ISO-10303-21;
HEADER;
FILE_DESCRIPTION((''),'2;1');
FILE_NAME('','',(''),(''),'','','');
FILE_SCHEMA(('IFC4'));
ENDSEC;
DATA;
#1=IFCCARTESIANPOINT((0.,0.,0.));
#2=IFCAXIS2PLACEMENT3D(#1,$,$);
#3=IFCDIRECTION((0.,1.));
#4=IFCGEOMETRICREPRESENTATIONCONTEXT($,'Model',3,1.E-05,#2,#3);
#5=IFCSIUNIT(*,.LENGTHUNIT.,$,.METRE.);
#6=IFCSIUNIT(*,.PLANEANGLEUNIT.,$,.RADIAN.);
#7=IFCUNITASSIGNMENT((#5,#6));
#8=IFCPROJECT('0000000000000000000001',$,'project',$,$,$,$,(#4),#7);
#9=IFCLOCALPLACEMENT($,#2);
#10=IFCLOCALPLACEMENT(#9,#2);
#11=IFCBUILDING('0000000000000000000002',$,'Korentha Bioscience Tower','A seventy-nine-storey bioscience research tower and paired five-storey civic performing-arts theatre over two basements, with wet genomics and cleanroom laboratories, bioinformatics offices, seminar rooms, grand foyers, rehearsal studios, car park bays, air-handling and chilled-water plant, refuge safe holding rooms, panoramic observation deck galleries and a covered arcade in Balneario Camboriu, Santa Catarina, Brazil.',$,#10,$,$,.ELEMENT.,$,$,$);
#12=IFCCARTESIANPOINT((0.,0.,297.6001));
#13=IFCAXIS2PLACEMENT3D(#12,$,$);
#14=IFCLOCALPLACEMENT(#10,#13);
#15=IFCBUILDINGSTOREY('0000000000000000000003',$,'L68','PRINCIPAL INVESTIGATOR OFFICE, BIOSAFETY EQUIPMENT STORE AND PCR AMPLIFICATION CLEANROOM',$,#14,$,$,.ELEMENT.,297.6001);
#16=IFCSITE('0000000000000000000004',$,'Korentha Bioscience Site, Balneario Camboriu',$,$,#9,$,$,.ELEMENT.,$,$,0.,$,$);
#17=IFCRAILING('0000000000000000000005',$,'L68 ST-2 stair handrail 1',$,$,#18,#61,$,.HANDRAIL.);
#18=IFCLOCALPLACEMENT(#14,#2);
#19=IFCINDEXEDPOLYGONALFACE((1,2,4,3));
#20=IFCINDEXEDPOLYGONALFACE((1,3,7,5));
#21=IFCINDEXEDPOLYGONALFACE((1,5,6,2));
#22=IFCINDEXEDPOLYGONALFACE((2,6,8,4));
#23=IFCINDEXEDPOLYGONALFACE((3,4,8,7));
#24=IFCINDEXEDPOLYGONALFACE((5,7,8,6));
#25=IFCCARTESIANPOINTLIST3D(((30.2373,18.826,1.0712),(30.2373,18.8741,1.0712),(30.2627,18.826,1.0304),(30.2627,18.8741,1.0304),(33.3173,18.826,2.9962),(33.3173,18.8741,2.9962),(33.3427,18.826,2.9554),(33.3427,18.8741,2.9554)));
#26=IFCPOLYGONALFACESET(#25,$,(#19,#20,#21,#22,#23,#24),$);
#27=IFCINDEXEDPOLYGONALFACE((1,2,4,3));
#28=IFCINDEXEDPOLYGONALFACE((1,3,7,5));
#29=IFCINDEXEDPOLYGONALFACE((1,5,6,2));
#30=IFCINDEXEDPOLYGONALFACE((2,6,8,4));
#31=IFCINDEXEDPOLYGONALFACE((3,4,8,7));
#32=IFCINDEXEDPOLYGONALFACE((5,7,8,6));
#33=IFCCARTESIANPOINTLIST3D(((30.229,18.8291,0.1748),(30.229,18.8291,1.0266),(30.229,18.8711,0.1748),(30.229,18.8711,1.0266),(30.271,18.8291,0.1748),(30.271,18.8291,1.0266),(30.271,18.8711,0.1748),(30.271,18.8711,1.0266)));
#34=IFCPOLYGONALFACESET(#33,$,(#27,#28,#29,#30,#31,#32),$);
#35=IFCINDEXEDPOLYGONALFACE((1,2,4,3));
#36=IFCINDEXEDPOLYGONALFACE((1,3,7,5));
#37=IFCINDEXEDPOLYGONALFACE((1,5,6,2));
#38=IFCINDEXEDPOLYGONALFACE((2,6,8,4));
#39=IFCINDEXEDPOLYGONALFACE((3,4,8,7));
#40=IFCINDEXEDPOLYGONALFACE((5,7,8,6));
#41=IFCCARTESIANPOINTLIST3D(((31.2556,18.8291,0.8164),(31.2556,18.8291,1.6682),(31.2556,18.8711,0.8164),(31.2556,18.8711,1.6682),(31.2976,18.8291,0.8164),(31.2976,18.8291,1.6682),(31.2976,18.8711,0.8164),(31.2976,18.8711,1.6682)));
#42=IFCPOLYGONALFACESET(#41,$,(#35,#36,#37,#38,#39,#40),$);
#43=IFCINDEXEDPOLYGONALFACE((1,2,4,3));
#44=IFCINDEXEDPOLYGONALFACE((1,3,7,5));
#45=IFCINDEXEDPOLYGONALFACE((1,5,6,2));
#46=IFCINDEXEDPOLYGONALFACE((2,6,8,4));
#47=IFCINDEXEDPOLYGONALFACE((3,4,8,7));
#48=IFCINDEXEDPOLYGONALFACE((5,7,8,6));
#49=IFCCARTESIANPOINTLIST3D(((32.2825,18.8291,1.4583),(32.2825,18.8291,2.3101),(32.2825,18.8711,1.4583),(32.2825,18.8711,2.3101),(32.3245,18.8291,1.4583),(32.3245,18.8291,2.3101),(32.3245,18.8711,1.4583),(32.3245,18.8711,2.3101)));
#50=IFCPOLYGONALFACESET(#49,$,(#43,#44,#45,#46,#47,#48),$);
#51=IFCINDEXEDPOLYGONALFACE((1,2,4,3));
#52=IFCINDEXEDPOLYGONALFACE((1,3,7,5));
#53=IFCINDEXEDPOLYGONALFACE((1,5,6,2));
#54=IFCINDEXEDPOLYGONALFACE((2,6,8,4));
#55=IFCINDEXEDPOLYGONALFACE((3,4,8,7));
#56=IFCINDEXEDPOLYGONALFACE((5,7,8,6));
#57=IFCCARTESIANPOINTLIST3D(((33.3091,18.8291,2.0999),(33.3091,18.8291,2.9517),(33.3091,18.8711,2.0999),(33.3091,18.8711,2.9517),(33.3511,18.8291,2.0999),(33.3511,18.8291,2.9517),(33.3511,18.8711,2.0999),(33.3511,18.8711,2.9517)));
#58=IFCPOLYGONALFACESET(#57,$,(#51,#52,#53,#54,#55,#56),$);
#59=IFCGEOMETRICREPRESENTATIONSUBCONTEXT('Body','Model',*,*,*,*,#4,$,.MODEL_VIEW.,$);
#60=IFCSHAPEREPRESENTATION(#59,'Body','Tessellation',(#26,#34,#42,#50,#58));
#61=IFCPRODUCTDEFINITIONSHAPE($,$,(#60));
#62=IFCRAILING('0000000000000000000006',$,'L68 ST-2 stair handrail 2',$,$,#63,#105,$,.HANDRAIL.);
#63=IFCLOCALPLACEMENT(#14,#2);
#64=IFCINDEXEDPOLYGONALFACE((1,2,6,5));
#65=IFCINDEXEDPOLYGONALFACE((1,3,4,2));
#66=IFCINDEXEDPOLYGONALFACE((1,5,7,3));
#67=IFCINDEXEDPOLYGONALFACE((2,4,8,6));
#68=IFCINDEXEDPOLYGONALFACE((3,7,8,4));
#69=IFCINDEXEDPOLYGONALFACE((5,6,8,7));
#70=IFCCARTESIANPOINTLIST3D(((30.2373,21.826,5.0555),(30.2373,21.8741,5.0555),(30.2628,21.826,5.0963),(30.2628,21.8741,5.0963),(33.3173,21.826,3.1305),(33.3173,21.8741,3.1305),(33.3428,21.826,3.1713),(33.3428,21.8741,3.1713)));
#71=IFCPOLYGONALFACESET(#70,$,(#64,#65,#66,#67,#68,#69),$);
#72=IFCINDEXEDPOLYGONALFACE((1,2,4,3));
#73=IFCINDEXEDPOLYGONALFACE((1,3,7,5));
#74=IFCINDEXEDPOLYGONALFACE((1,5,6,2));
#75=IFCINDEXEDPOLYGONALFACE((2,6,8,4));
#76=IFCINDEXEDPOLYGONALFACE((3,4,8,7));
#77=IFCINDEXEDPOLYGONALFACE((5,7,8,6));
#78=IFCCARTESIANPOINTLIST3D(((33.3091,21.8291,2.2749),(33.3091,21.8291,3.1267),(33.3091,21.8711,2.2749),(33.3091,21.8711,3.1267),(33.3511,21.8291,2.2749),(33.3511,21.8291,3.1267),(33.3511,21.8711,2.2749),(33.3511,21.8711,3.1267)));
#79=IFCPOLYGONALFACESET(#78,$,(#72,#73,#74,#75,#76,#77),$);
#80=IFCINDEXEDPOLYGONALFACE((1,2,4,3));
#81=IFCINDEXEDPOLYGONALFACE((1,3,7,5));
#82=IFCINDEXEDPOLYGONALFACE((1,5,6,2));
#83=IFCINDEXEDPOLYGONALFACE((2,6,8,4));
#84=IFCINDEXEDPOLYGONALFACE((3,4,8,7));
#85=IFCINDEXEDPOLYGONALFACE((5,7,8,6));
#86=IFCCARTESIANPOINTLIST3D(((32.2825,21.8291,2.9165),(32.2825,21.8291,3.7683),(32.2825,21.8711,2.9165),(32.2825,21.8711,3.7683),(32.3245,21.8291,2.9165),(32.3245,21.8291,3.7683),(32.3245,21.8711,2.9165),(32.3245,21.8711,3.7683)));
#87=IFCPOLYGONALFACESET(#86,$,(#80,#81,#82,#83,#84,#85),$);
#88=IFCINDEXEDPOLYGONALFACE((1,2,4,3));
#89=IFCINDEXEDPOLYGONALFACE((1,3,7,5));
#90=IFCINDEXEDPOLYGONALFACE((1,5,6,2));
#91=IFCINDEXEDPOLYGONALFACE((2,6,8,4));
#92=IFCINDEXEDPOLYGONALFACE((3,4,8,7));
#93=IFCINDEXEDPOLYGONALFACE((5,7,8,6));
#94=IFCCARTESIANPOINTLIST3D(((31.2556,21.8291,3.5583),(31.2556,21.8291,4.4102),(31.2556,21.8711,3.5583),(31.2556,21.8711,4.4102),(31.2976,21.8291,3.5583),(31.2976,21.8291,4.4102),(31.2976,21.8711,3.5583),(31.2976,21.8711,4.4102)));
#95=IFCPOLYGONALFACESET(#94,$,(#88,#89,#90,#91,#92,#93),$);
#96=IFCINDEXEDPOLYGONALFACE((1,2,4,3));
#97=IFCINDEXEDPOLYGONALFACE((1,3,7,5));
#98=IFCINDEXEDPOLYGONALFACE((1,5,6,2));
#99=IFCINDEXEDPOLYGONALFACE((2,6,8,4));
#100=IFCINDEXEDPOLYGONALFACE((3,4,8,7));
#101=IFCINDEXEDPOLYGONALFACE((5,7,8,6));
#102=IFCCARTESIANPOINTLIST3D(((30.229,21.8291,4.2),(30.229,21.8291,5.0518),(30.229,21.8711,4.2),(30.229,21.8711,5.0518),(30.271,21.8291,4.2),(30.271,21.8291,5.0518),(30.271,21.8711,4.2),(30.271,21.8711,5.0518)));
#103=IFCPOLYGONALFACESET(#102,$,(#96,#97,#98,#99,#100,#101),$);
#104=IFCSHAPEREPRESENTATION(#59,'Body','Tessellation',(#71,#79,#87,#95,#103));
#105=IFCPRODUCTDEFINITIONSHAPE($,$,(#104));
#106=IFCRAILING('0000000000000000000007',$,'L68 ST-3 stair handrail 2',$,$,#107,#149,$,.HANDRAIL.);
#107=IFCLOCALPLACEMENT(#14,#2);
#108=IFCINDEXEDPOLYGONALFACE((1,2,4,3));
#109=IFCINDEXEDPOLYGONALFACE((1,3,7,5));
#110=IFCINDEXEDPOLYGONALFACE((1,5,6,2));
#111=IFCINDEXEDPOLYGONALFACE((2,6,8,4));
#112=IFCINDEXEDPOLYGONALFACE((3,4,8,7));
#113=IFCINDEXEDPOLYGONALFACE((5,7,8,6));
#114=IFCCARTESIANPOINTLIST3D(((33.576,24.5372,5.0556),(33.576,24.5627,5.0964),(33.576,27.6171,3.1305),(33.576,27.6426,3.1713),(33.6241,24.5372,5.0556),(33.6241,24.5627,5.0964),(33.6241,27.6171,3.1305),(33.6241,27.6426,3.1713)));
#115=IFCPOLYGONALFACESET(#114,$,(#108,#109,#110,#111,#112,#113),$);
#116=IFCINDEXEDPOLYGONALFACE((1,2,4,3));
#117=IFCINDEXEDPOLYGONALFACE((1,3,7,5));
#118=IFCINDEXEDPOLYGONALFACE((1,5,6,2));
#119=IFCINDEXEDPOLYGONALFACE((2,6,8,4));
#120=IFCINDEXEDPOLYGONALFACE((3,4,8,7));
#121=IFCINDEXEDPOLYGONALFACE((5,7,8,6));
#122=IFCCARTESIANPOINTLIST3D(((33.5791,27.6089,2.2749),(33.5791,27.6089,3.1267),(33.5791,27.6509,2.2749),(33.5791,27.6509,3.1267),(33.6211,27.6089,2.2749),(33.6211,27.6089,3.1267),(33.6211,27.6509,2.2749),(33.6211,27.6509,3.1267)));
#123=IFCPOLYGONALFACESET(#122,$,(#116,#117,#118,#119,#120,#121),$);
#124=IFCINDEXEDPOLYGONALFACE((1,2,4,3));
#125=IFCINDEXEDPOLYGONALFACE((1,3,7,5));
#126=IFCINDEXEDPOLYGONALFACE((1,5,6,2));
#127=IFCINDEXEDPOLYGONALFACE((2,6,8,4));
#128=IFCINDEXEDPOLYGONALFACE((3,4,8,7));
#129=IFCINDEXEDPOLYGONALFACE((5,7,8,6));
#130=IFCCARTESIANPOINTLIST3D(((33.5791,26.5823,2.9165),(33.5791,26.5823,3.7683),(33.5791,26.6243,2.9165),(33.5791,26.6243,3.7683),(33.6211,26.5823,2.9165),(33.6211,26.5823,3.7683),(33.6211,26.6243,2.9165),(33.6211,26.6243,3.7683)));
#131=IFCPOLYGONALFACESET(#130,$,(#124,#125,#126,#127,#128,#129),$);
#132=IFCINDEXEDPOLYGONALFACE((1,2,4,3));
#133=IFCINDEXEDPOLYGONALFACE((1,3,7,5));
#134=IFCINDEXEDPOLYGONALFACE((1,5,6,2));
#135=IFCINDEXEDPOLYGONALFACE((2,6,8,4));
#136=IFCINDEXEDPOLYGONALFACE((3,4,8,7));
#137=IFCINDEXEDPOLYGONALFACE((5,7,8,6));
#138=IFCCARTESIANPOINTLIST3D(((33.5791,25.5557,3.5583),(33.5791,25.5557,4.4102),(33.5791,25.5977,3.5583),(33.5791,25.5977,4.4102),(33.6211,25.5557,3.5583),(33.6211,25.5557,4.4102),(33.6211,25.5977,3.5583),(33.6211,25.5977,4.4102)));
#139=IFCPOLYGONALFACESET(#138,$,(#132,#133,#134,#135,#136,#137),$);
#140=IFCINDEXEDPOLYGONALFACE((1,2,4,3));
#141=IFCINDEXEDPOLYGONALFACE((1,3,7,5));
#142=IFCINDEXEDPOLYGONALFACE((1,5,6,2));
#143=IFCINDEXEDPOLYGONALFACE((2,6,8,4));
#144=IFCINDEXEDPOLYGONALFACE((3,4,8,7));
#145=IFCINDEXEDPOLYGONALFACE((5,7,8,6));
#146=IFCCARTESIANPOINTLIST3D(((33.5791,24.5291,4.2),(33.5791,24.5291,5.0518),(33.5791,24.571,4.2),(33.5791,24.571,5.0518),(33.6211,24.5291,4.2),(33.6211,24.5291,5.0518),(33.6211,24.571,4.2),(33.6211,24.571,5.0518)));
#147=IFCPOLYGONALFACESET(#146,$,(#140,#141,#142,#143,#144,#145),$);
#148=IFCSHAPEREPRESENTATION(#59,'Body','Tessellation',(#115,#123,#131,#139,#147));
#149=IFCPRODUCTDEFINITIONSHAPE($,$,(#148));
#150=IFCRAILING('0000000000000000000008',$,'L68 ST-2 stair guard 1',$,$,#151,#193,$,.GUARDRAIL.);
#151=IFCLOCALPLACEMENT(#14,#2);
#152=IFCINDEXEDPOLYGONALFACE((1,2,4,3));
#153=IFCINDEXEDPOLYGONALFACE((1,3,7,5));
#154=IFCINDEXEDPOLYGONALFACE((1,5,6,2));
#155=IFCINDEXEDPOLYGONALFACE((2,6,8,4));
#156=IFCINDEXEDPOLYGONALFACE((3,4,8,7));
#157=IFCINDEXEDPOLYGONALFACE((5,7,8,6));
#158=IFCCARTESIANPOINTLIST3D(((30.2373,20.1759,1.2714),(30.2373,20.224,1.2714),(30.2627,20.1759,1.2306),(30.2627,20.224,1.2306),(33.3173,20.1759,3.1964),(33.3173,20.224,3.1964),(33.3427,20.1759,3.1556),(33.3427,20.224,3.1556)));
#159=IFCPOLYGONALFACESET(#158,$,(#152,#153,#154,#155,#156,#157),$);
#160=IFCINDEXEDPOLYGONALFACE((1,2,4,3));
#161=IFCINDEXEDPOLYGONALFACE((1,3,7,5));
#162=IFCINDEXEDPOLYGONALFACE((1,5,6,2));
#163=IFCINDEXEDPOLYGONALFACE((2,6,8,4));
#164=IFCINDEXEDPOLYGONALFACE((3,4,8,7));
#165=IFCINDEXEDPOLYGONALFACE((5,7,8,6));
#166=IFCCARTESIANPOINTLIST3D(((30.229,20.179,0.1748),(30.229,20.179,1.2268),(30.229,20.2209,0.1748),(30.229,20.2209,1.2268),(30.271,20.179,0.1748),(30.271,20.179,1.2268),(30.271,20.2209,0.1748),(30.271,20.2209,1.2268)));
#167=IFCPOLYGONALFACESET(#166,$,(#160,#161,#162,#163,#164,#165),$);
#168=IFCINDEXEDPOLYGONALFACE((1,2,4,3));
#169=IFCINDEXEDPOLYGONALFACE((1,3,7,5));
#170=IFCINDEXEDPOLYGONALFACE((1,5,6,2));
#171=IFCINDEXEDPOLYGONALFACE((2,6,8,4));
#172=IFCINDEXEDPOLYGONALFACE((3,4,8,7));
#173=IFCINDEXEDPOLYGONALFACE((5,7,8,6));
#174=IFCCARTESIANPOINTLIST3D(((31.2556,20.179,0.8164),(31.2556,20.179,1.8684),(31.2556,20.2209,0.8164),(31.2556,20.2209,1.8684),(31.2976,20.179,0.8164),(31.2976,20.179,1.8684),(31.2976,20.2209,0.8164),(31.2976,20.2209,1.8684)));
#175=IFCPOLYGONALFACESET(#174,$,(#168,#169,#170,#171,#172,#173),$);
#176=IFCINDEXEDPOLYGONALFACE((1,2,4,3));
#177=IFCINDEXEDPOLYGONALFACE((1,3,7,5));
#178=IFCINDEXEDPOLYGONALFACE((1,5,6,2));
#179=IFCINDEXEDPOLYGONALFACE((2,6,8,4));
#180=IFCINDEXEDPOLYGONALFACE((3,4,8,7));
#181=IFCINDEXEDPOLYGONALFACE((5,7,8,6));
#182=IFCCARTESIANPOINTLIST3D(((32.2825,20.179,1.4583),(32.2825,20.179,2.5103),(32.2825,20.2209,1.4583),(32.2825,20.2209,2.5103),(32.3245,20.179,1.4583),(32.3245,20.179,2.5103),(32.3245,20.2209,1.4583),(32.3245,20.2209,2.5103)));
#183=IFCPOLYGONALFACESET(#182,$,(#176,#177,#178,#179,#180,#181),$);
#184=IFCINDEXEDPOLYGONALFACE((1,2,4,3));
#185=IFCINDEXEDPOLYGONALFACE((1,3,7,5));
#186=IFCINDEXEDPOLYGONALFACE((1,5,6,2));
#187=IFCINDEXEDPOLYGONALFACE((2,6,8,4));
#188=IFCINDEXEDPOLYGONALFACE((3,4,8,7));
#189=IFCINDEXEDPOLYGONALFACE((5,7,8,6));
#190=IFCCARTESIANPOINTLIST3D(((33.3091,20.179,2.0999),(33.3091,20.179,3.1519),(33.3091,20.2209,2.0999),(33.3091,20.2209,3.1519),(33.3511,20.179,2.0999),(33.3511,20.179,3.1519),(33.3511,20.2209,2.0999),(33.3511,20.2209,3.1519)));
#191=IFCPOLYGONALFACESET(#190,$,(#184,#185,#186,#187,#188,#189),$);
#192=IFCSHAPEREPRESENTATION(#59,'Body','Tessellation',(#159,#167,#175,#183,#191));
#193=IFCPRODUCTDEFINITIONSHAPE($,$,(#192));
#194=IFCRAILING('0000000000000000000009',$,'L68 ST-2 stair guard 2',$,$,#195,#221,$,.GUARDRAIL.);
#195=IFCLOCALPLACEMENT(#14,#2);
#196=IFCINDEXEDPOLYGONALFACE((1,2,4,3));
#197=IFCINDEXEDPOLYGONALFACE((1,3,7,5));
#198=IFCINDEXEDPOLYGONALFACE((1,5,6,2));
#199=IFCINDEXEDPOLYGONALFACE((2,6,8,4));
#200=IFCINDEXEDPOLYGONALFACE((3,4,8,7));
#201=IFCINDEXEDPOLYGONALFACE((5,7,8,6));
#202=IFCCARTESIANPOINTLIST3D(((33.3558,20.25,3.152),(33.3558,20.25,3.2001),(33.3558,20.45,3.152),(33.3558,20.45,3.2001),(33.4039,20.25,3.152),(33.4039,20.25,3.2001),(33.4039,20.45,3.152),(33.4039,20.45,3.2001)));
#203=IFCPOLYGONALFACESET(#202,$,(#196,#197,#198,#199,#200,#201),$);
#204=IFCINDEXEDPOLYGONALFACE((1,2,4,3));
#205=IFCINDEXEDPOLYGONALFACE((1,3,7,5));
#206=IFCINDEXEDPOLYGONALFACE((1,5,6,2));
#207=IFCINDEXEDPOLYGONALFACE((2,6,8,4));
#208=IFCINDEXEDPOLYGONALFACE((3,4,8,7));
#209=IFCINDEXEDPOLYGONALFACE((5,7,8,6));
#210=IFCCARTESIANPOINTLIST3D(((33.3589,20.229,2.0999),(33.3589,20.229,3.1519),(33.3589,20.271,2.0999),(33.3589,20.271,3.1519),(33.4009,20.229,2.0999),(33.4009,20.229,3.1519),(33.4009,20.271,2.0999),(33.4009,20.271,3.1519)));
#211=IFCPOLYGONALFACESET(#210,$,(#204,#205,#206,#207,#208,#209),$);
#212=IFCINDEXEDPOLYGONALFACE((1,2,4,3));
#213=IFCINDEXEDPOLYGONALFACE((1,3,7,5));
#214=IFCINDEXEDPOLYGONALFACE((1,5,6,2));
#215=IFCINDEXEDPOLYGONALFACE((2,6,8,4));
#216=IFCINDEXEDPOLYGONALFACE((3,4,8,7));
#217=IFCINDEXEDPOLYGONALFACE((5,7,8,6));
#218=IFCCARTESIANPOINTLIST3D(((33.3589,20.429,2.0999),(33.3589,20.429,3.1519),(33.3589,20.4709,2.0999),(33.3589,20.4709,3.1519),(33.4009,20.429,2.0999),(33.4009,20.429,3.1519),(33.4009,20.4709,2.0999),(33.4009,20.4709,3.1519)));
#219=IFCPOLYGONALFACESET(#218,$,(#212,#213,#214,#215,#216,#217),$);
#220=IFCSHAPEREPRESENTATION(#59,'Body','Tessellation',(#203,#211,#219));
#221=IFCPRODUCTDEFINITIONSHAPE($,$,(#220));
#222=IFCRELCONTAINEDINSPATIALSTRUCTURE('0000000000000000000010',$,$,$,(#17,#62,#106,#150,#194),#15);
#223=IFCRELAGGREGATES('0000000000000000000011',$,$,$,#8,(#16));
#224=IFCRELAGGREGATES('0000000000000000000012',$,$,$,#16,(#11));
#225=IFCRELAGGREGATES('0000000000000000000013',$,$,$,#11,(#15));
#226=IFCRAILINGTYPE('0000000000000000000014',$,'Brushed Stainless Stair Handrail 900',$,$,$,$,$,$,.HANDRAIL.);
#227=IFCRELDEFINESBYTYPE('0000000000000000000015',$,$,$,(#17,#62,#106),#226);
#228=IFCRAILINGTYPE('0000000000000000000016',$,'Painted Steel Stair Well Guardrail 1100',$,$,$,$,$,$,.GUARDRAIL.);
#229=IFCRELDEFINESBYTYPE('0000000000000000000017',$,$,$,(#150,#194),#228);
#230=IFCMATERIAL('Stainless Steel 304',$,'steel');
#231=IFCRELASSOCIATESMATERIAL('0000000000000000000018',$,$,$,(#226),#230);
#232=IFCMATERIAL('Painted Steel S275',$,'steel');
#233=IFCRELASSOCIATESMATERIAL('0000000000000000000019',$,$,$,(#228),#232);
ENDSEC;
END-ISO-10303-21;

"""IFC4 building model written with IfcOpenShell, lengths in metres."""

from ifc_helpers import new_model, si_unit, direction, frame, origin, origin_2d, place, context, subcontext, project, spatial, rectangle, extrude, material, type_object, element, save


model = new_model("IFC4")

# Units and contexts
model_context = context("Model", 3, precision=1e-05, world=origin(), true_north=direction((0.0, 1.0)))
body_context = subcontext(model_context, "Body", "Model", "MODEL_VIEW")
ifc_project = project(units=[si_unit("LENGTHUNIT", "METRE"), si_unit("PLANEANGLEUNIT", "RADIAN")], contexts=[model_context])

# Site, building, storey
site_placement = place(None, origin())
site = spatial("IfcSite", under=ifc_project, at=site_placement, Name="Korentha Bioscience Site, Balneario Camboriu", CompositionType="ELEMENT", RefElevation=0.0)
building_placement = place(site_placement, origin())
building = spatial("IfcBuilding", under=site, at=building_placement, Name="Korentha Bioscience Tower", Description="A seventy-nine-storey bioscience research tower and paired five-storey civic performing-arts theatre over two basements, with wet genomics and cleanroom laboratories, bioinformatics offices, seminar rooms, grand foyers, rehearsal studios, car park bays, air-handling and chilled-water plant, refuge safe holding rooms, panoramic observation deck galleries and a covered arcade in Balneario Camboriu, Santa Catarina, Brazil.", CompositionType="ELEMENT")
storey_placement = place(building_placement, frame((0.0, 0.0, 297.6001)))
storey = spatial("IfcBuildingStorey", under=building, at=storey_placement, Name="L68", Description="PRINCIPAL INVESTIGATOR OFFICE, BIOSAFETY EQUIPMENT STORE AND PCR AMPLIFICATION CLEANROOM", CompositionType="ELEMENT", Elevation=297.6001)

# Railings
ifc_material_1 = material(Name="Stainless Steel 304", Category="steel")
railing_type_1 = type_object("IfcRailingType", Name="Brushed Stainless Stair Handrail 900", PredefinedType="HANDRAIL", material=ifc_material_1)
railing_1_placement = place(storey_placement, frame((30.25, 18.8501, 0.1748)))
element("IfcRailing", 1, at=railing_1_placement, inside=storey, type_object=railing_type_1, Name="L68 ST-2 stair handrail 1", PredefinedType="HANDRAIL", context=body_context, shape_type="SweptSolid", body=[
    extrude(rectangle(XDim=0.0481, YDim=0.0481, at=origin_2d()), frame((0.0, 0.0, 0.876), z_axis=(0.847998, 0.0, 0.529999), x_axis=(0.0, 1.0, 0.0)), (0.0, 0.0, 1.0), 3.6321),
    extrude(rectangle(XDim=0.042, YDim=0.042, at=origin_2d()), origin(), (0.0, 0.0, 1.0), 0.8518),
    extrude(rectangle(XDim=0.042, YDim=0.042, at=origin_2d()), frame((1.0266, 0.0, 0.6416)), (0.0, 0.0, 1.0), 0.8518),
    extrude(rectangle(XDim=0.042, YDim=0.042, at=origin_2d()), frame((2.0535, 0.0, 1.2834)), (0.0, 0.0, 1.0), 0.8518),
    extrude(rectangle(XDim=0.042, YDim=0.042, at=origin_2d()), frame((3.0801, 0.0, 1.925)), (0.0, 0.0, 1.0), 0.8518),
])
railing_2_placement = place(storey_placement, frame((33.3301, 21.8501, 2.2749)))
element("IfcRailing", 2, at=railing_2_placement, inside=storey, type_object=railing_type_1, Name="L68 ST-2 stair handrail 2", PredefinedType="HANDRAIL", context=body_context, shape_type="SweptSolid", body=[
    extrude(rectangle(XDim=0.0481, YDim=0.0481, at=origin_2d()), frame((0.0, 0.0, 0.876), z_axis=(-0.847998, 0.0, 0.529999), x_axis=(0.0, -1.0, 0.0)), (0.0, 0.0, 1.0), 3.6321),
    extrude(rectangle(XDim=0.042, YDim=0.042, at=origin_2d()), origin(), (0.0, 0.0, 1.0), 0.8518),
    extrude(rectangle(XDim=0.042, YDim=0.042, at=origin_2d()), frame((-1.0266, 0.0, 0.6416)), (0.0, 0.0, 1.0), 0.8518),
    extrude(rectangle(XDim=0.042, YDim=0.042, at=origin_2d()), frame((-2.0535, 0.0, 1.2834)), (0.0, 0.0, 1.0), 0.8518),
    extrude(rectangle(XDim=0.042, YDim=0.042, at=origin_2d()), frame((-3.0801, 0.0, 1.925)), (0.0, 0.0, 1.0), 0.8518),
])
railing_3_placement = place(storey_placement, frame((33.6001, 27.6299, 2.2749)))
element("IfcRailing", 3, at=railing_3_placement, inside=storey, type_object=railing_type_1, Name="L68 ST-3 stair handrail 2", PredefinedType="HANDRAIL", context=body_context, shape_type="SweptSolid", body=[
    extrude(rectangle(XDim=0.0481, YDim=0.0481, at=origin_2d()), frame((0.0, 0.0, 0.876), z_axis=(0.0, -0.847979, 0.530029), x_axis=(1.0, 0.0, 0.0)), (0.0, 0.0, 1.0), 3.6321),
    extrude(rectangle(XDim=0.042, YDim=0.042, at=origin_2d()), origin(), (0.0, 0.0, 1.0), 0.8518),
    extrude(rectangle(XDim=0.042, YDim=0.042, at=origin_2d()), frame((0.0, -1.0266, 0.6416)), (0.0, 0.0, 1.0), 0.8518),
    extrude(rectangle(XDim=0.042, YDim=0.042, at=origin_2d()), frame((0.0, -2.0532, 1.2834)), (0.0, 0.0, 1.0), 0.8518),
    extrude(rectangle(XDim=0.042, YDim=0.042, at=origin_2d()), frame((0.0, -3.0798, 1.925)), (0.0, 0.0, 1.0), 0.8518),
])
ifc_material_2 = material(Name="Painted Steel S275", Category="steel")
railing_type_2 = type_object("IfcRailingType", Name="Painted Steel Stair Well Guardrail 1100", PredefinedType="GUARDRAIL", material=ifc_material_2)
railing_4_placement = place(storey_placement, frame((30.25, 20.2, 0.1748)))
element("IfcRailing", 4, at=railing_4_placement, inside=storey, type_object=railing_type_2, Name="L68 ST-2 stair guard 1", PredefinedType="GUARDRAIL", context=body_context, shape_type="SweptSolid", body=[
    extrude(rectangle(XDim=0.0481, YDim=0.0481, at=origin_2d()), frame((0.0, 0.0, 1.0762), z_axis=(0.847998, 0.0, 0.529999), x_axis=(0.0, 1.0, 0.0)), (0.0, 0.0, 1.0), 3.6321),
    extrude(rectangle(XDim=0.042, YDim=0.042, at=origin_2d()), origin(), (0.0, 0.0, 1.0), 1.052),
    extrude(rectangle(XDim=0.042, YDim=0.042, at=origin_2d()), frame((1.0266, 0.0, 0.6416)), (0.0, 0.0, 1.0), 1.052),
    extrude(rectangle(XDim=0.042, YDim=0.042, at=origin_2d()), frame((2.0535, 0.0, 1.2834)), (0.0, 0.0, 1.0), 1.052),
    extrude(rectangle(XDim=0.042, YDim=0.042, at=origin_2d()), frame((3.0801, 0.0, 1.925)), (0.0, 0.0, 1.0), 1.052),
])
railing_5_placement = place(storey_placement, frame((33.3799, 20.25, 2.0999)))
element("IfcRailing", 5, at=railing_5_placement, inside=storey, type_object=railing_type_2, Name="L68 ST-2 stair guard 2", PredefinedType="GUARDRAIL", context=body_context, shape_type="SweptSolid", body=[
    extrude(rectangle(XDim=0.0481, YDim=0.0481, at=origin_2d()), frame((0.0, 0.0, 1.0762), z_axis=(0.0, 1.0, 0.0), x_axis=(-1.0, 0.0, 0.0)), (0.0, 0.0, 1.0), 0.2),
    extrude(rectangle(XDim=0.042, YDim=0.042, at=origin_2d()), origin(), (0.0, 0.0, 1.0), 1.052),
    extrude(rectangle(XDim=0.042, YDim=0.042, at=origin_2d()), frame((0.0, 0.2, 0.0)), (0.0, 0.0, 1.0), 1.052),
])

save(model, "model.ifc")
